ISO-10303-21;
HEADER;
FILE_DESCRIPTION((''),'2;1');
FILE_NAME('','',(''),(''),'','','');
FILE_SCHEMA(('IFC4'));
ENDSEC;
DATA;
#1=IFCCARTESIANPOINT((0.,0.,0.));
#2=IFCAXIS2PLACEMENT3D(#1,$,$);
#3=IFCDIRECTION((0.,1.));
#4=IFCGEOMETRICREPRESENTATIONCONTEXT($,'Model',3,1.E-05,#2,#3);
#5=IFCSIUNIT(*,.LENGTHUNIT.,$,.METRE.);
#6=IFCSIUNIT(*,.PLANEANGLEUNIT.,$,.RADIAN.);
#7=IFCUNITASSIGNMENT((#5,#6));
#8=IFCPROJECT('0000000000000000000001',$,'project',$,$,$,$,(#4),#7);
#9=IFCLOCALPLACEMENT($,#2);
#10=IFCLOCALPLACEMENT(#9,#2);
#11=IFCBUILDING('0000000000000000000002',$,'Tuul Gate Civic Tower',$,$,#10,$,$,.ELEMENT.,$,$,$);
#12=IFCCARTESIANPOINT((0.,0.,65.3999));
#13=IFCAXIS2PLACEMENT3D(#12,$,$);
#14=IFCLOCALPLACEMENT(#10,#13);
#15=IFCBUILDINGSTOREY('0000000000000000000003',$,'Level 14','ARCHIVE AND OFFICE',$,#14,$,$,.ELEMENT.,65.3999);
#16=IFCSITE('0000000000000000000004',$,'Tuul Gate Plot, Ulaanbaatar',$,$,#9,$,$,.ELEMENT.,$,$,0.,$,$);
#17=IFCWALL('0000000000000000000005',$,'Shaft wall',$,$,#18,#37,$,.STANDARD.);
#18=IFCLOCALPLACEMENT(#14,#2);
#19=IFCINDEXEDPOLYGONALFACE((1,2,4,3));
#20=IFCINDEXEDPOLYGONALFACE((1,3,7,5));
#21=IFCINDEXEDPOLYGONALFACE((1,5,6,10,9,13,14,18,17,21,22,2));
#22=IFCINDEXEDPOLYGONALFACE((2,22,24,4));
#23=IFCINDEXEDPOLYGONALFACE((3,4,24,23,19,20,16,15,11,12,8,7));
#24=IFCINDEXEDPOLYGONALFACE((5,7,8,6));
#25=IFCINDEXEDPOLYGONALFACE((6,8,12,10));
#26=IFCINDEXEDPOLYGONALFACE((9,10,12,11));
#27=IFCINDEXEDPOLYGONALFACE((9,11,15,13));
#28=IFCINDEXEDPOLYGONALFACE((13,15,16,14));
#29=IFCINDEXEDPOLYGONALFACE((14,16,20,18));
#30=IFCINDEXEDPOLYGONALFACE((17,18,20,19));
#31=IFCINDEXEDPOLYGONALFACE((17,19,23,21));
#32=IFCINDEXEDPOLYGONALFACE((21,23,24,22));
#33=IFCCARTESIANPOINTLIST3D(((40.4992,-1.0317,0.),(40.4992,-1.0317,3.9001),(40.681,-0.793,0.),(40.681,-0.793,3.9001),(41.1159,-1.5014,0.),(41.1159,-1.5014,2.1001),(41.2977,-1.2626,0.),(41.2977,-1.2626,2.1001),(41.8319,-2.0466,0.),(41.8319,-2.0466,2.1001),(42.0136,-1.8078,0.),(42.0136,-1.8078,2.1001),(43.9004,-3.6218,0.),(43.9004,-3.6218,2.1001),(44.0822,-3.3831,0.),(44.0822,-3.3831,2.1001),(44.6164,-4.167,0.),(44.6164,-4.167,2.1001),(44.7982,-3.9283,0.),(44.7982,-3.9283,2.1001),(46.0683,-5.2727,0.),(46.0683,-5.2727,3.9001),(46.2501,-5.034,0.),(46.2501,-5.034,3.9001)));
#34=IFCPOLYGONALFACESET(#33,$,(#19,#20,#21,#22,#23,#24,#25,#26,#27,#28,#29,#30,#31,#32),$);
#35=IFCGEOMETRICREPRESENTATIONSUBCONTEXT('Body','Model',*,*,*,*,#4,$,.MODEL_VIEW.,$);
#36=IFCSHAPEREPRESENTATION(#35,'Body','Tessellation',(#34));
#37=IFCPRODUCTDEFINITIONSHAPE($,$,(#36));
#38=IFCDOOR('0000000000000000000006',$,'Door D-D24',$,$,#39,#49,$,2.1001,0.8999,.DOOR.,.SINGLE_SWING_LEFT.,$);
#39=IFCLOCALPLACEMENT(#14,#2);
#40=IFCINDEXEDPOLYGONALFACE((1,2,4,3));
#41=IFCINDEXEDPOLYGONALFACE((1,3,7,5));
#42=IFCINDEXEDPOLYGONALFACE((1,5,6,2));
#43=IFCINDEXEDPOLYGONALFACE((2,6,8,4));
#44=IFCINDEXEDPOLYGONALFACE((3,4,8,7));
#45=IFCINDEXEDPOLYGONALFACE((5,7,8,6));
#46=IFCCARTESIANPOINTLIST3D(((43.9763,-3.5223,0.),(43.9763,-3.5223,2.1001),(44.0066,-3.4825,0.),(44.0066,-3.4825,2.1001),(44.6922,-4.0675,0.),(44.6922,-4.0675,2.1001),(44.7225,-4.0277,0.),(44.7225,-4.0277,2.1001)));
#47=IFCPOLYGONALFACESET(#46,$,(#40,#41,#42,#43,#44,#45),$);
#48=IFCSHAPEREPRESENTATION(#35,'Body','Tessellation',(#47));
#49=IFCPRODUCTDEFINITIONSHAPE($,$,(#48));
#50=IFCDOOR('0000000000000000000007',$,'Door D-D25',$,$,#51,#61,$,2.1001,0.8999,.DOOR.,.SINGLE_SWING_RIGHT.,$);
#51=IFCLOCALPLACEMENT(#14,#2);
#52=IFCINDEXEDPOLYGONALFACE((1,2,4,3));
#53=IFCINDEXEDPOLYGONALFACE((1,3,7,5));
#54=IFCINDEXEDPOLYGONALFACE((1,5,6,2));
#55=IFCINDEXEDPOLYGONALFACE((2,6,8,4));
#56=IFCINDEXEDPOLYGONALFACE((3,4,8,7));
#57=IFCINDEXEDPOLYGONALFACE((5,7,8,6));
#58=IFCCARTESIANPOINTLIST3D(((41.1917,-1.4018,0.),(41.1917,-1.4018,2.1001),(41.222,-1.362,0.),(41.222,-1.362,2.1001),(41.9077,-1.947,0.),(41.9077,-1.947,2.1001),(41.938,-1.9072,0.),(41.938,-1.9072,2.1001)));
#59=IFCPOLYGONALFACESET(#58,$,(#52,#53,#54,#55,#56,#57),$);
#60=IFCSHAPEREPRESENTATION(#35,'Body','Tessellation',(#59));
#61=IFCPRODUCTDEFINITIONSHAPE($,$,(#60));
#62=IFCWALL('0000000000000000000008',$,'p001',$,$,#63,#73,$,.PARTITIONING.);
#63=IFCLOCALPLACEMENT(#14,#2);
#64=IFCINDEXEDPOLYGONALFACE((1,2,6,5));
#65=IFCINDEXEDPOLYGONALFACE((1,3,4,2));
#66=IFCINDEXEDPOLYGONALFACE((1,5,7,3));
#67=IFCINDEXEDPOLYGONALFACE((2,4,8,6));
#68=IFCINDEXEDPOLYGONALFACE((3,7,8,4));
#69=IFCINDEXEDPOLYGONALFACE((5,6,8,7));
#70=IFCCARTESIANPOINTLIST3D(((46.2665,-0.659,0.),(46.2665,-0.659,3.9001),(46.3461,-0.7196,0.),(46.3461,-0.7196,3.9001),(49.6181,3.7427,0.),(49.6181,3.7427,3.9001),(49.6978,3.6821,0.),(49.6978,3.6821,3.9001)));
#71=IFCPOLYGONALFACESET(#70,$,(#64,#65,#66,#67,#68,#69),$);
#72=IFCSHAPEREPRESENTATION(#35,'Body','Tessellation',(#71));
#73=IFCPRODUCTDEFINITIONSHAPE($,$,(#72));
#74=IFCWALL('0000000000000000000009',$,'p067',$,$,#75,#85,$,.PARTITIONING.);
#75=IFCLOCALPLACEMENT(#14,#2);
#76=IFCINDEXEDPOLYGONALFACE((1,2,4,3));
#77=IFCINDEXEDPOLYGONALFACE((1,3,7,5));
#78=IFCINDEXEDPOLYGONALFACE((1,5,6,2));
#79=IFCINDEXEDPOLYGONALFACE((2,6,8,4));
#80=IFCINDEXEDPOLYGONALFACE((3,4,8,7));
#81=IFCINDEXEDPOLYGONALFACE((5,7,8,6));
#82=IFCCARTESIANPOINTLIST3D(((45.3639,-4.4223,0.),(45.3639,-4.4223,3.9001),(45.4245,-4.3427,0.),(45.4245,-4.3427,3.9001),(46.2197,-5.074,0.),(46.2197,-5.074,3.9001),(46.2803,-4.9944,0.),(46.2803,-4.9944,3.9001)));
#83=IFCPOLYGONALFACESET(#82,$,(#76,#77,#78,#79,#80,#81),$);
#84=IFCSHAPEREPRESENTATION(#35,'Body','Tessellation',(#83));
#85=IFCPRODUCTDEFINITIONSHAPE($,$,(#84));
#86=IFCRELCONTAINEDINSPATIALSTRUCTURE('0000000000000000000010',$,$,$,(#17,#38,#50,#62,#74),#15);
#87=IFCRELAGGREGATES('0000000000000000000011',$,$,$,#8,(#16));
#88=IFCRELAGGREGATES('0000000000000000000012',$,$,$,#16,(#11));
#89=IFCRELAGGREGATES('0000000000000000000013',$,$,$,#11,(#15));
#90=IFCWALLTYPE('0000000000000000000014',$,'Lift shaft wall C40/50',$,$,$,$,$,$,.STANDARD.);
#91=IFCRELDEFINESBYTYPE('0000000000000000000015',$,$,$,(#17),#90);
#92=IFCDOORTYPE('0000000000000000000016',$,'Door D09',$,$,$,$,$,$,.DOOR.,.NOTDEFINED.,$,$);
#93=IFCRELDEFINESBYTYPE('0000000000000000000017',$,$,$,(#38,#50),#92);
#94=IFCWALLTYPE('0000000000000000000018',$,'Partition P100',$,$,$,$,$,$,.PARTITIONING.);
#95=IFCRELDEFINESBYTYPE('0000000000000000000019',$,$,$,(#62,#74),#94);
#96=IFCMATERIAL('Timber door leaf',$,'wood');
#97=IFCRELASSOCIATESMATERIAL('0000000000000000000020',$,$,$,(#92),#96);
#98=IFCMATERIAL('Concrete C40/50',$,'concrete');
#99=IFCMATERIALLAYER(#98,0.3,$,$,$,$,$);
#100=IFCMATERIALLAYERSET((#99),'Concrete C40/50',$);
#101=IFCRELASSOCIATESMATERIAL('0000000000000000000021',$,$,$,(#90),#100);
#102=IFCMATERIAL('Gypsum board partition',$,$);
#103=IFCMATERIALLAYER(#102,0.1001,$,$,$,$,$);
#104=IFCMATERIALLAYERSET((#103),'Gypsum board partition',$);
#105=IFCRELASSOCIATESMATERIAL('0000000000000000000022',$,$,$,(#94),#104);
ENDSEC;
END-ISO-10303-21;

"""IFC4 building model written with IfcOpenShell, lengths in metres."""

from ifc_helpers import new_model, si_unit, direction, frame, frame_2d, origin, place, context, subcontext, project, spatial, rectangle, extrude, material, layer, layer_set, type_object, element, fill, save


model = new_model("IFC4")

# Units and contexts
model_context = context("Model", 3, precision=1e-05, world=origin(), true_north=direction((0.0, 1.0)))
body_context = subcontext(model_context, "Body", "Model", "MODEL_VIEW")
ifc_project = project(units=[si_unit("LENGTHUNIT", "METRE"), si_unit("PLANEANGLEUNIT", "RADIAN")], contexts=[model_context])

# Site, building, storey
site_placement = place(None, origin())
site = spatial("IfcSite", under=ifc_project, at=site_placement, Name="Tuul Gate Plot, Ulaanbaatar", CompositionType="ELEMENT", RefElevation=0.0)
building_placement = place(site_placement, origin())
building = spatial("IfcBuilding", under=site, at=building_placement, Name="Tuul Gate Civic Tower", CompositionType="ELEMENT")
storey_placement = place(building_placement, frame((0.0, 0.0, 65.3999)))
storey = spatial("IfcBuildingStorey", under=building, at=storey_placement, Name="Level 14", Description="ARCHIVE AND OFFICE", CompositionType="ELEMENT", Elevation=65.3999)

# Shared definitions
ifc_material_1 = material(Name="Timber door leaf", Category="wood")
door_type_1 = type_object("IfcDoorType", Name="Door D09", OperationType="NOTDEFINED", PredefinedType="DOOR", material=ifc_material_1)

# Wall, openings, doors
ifc_material_2 = material(Name="Concrete C40/50", Category="concrete")
ifc_layer_1 = layer(ifc_material_2, 0.3)
ifc_layer_set_1 = layer_set([ifc_layer_1], Name="Concrete C40/50")
wall_type_1 = type_object("IfcWallType", Name="Lift shaft wall C40/50", PredefinedType="STANDARD", material=ifc_layer_set_1)
wall_1_placement = place(storey_placement, frame((46.1592, -5.1533, 0.0), z_axis=(0.0, 0.0, 1.0), x_axis=(-0.79558, 0.605849, 0.0)))
wall_1 = element("IfcWall", 1, at=wall_1_placement, inside=storey, type_object=wall_type_1, Name="Shaft wall", PredefinedType="STANDARD", context=body_context, shape_type="SweptSolid", body=[
    extrude(rectangle(XDim=7.0, YDim=0.3, at=frame_2d((3.5, 0.0))), origin(), (0.0, 0.0, 1.0), 3.9001),
])
opening_1_placement = place(wall_1_placement, frame((1.825, 0.0, 0.0)))
opening_1 = element("IfcOpeningElement", 2, at=opening_1_placement, cuts=wall_1, PredefinedType="OPENING", context=body_context, shape_type="SweptSolid", body=[
    extrude(rectangle(XDim=0.8999, YDim=2.1001, at=frame_2d((0.45, 1.05))), frame((0.0, 0.1602, 0.0), z_axis=(0.0, -1.0, 0.0), x_axis=(1.0, 0.0, 0.0)), (0.0, 0.0, 1.0), 0.3201),
])
opening_2_placement = place(wall_1_placement, frame((5.325, 0.0, 0.0)))
opening_2 = element("IfcOpeningElement", 3, at=opening_2_placement, cuts=wall_1, PredefinedType="OPENING", context=body_context, shape_type="SweptSolid", body=[
    extrude(rectangle(XDim=0.8999, YDim=2.1001, at=frame_2d((0.45, 1.05))), frame((0.0, 0.1602, 0.0), z_axis=(0.0, -1.0, 0.0), x_axis=(1.0, 0.0, 0.0)), (0.0, 0.0, 1.0), 0.3201),
])
door_1_placement = place(opening_1_placement, origin())
door_1 = element("IfcDoor", 4, at=door_1_placement, inside=storey, type_object=door_type_1, Name="Door D-D24", OperationType="SINGLE_SWING_LEFT", OverallHeight=2.1001, OverallWidth=0.8999, PredefinedType="DOOR", context=body_context, shape_type="SweptSolid", body=[
    extrude(rectangle(XDim=0.8999, YDim=2.1001, at=frame_2d((0.45, 1.05))), frame((0.0, 0.0249, 0.0), z_axis=(0.0, -1.0, 0.0), x_axis=(1.0, 0.0, 0.0)), (0.0, 0.0, 1.0), 0.05),
])
fill(opening_1, door_1)
door_2_placement = place(opening_2_placement, origin())
door_2 = element("IfcDoor", 5, at=door_2_placement, inside=storey, type_object=door_type_1, Name="Door D-D25", OperationType="SINGLE_SWING_RIGHT", OverallHeight=2.1001, OverallWidth=0.8999, PredefinedType="DOOR", context=body_context, shape_type="SweptSolid", body=[
    extrude(rectangle(XDim=0.8999, YDim=2.1001, at=frame_2d((0.45, 1.05))), frame((0.0, 0.0249, 0.0), z_axis=(0.0, -1.0, 0.0), x_axis=(1.0, 0.0, 0.0)), (0.0, 0.0, 1.0), 0.05),
])
fill(opening_2, door_2)

# Walls
ifc_material_3 = material(Name="Gypsum board partition")
ifc_layer_2 = layer(ifc_material_3, 0.1001)
ifc_layer_set_2 = layer_set([ifc_layer_2], Name="Gypsum board partition")
wall_type_2 = type_object("IfcWallType", Name="Partition P100", PredefinedType="PARTITIONING", material=ifc_layer_set_2)
wall_2_placement = place(storey_placement, frame((46.3064, -0.6892, 0.0), z_axis=(0.0, 0.0, 1.0), x_axis=(0.605809, 0.79561, 0.0)))
element("IfcWall", 6, at=wall_2_placement, inside=storey, type_object=wall_type_2, Name="p001", PredefinedType="PARTITIONING", context=body_context, shape_type="SweptSolid", body=[
    extrude(rectangle(XDim=5.5325, YDim=0.1001, at=frame_2d((2.7661, 0.0))), origin(), (0.0, 0.0, 1.0), 3.9001),
])
wall_3_placement = place(storey_placement, frame((46.25, -5.0342, 0.0), z_axis=(0.0, 0.0, 1.0), x_axis=(-0.795593, 0.605831, 0.0)))
element("IfcWall", 7, at=wall_3_placement, inside=storey, type_object=wall_type_2, Name="p067", PredefinedType="PARTITIONING", context=body_context, shape_type="SweptSolid", body=[
    extrude(rectangle(XDim=1.0757, YDim=0.1001, at=frame_2d((0.5378, 0.0))), origin(), (0.0, 0.0, 1.0), 3.9001),
])

save(model, "model.ifc")
